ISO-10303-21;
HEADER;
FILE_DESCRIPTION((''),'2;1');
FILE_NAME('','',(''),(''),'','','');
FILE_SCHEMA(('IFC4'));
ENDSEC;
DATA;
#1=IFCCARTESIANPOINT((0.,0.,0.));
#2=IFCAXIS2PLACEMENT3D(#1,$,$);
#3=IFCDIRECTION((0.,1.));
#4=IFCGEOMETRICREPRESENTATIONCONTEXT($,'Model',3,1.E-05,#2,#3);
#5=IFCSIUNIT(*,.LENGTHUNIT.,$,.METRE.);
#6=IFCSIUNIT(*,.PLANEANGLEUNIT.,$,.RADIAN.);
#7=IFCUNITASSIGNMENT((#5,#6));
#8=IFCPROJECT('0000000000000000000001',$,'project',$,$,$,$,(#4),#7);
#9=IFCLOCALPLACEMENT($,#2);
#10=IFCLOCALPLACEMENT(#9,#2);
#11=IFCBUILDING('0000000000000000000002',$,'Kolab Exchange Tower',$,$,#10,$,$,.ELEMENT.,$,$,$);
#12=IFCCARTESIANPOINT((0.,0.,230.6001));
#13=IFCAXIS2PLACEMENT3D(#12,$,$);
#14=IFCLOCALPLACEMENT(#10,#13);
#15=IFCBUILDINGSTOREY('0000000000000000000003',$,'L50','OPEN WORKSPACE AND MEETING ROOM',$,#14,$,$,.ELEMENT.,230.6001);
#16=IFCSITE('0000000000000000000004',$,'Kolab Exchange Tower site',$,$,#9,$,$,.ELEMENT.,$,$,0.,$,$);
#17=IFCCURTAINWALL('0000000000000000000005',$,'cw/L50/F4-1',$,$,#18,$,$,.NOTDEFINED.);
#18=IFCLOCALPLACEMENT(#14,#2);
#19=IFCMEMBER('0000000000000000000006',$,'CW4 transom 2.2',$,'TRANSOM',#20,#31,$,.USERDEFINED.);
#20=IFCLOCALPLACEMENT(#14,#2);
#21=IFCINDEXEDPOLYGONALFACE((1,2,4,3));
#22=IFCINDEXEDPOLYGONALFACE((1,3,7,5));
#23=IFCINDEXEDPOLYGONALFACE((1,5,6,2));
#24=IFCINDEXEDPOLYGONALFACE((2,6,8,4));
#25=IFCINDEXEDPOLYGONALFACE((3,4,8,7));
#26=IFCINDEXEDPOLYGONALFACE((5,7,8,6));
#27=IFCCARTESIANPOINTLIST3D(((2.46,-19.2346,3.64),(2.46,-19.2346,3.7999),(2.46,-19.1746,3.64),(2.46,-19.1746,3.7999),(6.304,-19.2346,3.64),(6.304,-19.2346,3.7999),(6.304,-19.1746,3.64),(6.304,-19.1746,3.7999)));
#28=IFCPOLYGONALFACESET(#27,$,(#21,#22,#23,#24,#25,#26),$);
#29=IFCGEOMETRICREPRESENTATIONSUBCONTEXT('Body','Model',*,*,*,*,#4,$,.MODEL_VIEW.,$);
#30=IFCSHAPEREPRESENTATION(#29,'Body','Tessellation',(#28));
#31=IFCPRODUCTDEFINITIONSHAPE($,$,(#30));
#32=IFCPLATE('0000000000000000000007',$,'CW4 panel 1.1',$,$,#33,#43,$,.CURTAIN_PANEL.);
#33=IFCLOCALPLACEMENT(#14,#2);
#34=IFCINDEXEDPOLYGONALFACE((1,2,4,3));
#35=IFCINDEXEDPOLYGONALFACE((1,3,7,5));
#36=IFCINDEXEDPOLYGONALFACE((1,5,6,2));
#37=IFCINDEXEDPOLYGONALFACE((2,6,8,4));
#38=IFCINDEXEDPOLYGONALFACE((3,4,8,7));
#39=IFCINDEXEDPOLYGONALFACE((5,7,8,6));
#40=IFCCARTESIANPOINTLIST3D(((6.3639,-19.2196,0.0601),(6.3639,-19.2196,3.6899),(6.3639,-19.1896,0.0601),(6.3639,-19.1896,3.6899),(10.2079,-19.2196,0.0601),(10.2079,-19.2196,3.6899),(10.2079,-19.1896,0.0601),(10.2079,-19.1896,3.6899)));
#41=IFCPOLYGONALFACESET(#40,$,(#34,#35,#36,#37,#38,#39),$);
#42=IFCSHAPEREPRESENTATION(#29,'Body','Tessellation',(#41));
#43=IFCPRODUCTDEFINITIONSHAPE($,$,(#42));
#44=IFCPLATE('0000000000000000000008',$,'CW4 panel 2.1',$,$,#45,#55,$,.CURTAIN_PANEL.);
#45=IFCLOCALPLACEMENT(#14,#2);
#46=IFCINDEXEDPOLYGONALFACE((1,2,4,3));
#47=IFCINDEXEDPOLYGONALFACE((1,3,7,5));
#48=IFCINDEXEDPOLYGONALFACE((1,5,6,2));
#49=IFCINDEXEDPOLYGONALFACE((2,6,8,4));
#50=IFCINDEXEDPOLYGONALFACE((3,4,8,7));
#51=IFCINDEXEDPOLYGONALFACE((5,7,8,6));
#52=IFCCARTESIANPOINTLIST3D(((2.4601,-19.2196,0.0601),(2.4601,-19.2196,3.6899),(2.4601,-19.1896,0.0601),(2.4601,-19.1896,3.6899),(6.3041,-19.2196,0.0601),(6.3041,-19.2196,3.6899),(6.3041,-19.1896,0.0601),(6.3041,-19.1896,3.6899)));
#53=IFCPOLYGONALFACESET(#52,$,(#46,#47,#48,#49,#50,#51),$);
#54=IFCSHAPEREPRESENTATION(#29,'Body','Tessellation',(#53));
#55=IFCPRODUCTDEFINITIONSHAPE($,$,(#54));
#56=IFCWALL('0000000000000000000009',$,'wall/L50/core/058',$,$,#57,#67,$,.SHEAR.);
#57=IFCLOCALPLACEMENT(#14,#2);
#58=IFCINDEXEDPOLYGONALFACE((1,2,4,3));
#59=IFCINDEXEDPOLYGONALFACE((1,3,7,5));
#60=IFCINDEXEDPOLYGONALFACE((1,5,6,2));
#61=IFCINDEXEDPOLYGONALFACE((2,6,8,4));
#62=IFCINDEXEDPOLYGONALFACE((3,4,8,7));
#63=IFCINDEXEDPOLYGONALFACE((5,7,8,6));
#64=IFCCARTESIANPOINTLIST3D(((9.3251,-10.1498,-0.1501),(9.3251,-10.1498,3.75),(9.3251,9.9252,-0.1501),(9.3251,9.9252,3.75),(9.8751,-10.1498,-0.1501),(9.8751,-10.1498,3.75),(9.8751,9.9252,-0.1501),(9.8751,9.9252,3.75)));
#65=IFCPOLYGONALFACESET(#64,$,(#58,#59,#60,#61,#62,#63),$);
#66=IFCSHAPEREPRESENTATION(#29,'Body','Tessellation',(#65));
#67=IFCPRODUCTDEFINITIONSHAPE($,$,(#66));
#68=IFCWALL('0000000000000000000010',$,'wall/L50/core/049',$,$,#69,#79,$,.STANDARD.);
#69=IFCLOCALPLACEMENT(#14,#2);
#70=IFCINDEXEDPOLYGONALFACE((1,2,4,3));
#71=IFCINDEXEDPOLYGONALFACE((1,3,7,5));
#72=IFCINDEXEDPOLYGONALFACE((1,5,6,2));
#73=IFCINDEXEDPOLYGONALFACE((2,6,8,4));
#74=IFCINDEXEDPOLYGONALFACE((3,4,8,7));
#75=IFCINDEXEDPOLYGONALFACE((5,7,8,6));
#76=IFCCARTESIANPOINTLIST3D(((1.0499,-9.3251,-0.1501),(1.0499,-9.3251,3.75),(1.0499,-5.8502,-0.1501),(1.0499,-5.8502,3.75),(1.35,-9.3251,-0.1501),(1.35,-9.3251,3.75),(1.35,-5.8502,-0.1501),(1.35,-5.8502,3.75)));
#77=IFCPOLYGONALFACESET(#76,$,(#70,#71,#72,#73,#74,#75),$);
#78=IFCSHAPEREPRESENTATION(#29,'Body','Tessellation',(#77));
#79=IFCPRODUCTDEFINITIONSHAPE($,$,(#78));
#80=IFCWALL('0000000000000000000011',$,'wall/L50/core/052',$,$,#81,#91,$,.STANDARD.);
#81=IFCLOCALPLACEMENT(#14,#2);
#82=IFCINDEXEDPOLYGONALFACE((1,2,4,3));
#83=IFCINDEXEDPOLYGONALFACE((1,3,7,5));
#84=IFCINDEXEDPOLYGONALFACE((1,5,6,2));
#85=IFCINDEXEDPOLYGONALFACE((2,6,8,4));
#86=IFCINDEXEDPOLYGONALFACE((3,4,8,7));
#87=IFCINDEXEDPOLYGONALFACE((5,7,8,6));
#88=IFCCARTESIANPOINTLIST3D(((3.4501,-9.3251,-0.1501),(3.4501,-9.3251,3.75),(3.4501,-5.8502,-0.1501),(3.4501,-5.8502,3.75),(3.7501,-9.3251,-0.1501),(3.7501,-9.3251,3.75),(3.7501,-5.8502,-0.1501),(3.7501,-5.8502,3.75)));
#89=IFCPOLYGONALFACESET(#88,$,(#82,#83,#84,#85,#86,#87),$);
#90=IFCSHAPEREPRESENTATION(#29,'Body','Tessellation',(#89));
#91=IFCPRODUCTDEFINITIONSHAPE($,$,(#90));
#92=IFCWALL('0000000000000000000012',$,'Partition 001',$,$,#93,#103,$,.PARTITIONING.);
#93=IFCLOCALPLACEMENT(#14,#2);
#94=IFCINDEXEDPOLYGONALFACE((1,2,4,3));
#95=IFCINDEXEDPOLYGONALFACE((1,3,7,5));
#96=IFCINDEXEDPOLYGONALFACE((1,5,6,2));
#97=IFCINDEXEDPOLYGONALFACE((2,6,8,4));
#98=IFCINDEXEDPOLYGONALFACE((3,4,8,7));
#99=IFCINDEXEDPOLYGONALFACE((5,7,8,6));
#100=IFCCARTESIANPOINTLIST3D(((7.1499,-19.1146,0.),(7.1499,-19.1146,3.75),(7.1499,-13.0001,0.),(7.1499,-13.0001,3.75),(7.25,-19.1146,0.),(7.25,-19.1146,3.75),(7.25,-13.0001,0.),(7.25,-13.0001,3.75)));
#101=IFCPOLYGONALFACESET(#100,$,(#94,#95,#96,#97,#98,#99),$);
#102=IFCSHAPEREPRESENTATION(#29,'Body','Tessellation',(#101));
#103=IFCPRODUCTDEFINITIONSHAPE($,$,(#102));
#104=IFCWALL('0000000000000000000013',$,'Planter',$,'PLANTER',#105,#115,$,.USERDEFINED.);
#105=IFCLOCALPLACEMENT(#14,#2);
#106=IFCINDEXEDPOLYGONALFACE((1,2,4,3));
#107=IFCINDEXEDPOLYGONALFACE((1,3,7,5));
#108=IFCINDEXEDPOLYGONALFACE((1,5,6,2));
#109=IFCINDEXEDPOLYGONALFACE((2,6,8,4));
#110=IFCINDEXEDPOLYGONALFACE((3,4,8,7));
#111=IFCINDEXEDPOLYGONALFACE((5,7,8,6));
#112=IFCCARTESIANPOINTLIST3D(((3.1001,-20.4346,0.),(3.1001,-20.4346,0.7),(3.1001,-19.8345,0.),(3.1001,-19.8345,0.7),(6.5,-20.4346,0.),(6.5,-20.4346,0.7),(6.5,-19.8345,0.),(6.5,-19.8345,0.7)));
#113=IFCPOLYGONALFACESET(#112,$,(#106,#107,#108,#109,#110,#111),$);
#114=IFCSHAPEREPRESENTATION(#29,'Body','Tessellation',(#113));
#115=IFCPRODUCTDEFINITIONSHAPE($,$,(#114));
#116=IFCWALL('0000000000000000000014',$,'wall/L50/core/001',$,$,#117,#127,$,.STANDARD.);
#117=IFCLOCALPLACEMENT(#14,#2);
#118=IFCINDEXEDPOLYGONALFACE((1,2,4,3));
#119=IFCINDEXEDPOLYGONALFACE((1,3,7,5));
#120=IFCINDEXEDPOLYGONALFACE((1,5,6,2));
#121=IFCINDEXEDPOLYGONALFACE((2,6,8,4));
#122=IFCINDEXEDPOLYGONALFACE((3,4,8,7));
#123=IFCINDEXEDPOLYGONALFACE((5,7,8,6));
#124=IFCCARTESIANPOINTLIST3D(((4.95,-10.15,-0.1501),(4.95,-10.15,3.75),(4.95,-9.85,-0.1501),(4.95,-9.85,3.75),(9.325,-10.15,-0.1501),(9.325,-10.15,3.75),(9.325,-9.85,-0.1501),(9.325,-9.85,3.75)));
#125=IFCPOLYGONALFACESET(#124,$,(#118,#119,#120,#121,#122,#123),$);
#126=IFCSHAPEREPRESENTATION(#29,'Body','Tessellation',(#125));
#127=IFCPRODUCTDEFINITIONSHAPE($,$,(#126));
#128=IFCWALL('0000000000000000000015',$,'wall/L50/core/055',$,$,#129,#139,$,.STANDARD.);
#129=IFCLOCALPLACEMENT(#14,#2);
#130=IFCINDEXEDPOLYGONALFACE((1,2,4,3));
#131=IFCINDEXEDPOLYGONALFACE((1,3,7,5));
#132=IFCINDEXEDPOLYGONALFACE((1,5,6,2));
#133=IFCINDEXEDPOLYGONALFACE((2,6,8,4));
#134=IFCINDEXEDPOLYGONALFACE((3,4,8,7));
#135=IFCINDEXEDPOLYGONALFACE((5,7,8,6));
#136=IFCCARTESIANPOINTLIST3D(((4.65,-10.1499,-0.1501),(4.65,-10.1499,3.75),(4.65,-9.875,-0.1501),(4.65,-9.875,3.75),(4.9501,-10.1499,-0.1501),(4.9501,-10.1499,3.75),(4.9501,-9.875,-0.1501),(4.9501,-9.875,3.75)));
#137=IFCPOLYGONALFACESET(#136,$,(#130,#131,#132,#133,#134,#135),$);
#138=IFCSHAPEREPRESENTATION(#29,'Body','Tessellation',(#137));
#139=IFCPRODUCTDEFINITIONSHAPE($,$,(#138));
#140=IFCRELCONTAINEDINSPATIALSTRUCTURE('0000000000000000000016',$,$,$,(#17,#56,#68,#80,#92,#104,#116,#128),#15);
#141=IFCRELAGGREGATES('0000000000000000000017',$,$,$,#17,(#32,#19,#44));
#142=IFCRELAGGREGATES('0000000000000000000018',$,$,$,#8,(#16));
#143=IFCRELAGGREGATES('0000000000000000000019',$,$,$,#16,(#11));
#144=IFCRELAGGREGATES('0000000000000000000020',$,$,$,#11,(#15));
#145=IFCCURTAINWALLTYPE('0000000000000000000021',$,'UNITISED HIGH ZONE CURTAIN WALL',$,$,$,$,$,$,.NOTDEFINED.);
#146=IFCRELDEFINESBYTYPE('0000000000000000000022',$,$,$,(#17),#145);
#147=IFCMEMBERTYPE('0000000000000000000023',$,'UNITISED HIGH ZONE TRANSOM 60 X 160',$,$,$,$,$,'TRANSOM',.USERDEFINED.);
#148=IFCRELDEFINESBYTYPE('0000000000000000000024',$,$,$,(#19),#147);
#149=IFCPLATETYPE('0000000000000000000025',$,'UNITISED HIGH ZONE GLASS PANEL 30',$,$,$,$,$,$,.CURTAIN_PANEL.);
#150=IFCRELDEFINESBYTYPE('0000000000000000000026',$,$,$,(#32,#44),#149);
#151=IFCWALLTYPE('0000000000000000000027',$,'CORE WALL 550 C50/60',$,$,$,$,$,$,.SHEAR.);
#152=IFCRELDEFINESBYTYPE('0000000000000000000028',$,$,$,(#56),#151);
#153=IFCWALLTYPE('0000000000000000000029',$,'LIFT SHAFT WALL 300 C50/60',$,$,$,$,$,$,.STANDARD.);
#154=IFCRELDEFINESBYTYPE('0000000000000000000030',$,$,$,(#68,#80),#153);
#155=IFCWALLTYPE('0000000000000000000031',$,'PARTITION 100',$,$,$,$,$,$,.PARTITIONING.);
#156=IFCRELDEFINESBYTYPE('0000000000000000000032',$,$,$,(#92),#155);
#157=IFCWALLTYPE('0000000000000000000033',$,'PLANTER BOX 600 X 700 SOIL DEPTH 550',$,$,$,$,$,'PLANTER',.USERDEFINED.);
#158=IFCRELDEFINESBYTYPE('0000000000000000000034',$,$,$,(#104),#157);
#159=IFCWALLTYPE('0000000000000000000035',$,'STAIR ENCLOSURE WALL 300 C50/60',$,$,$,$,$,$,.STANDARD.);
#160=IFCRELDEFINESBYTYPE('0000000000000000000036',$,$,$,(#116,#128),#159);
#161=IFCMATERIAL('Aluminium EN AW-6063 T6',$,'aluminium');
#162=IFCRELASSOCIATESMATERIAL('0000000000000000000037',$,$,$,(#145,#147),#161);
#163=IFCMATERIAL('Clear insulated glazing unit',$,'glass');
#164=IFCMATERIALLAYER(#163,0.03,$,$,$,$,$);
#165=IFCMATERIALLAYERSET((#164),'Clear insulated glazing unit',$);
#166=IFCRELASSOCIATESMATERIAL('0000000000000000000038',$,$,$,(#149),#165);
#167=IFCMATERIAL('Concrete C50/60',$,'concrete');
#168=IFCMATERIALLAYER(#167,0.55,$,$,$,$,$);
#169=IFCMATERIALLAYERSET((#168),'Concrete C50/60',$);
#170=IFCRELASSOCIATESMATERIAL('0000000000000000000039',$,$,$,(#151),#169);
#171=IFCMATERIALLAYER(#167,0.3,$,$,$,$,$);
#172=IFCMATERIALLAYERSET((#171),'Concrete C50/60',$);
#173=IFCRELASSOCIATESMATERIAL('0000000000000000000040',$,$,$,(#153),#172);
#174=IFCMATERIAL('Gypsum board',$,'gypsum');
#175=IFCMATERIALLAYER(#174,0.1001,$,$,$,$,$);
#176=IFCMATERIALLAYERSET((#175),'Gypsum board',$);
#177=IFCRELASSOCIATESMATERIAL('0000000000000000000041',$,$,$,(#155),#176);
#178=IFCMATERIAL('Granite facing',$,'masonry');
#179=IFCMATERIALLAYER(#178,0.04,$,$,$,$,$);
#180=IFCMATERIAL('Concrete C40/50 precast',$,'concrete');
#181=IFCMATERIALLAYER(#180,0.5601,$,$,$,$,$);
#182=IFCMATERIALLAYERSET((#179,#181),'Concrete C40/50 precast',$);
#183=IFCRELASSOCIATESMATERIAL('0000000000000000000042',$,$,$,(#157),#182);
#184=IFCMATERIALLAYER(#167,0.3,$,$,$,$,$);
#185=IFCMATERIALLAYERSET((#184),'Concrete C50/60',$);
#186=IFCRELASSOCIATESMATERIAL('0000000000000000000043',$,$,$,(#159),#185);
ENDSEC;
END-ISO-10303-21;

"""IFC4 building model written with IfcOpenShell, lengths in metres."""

from ifc_helpers import new_model, si_unit, direction, frame, frame_2d, origin, origin_2d, place, context, subcontext, project, spatial, rectangle, extrude, material, layer, layer_set, material_profile, profile_set, type_object, element, aggregate, save


model = new_model("IFC4")

# Units and contexts
model_context = context("Model", 3, precision=1e-05, world=origin(), true_north=direction((0.0, 1.0)))
body_context = subcontext(model_context, "Body", "Model", "MODEL_VIEW")
ifc_project = project(units=[si_unit("LENGTHUNIT", "METRE"), si_unit("PLANEANGLEUNIT", "RADIAN")], contexts=[model_context])

# Site, building, storey
site_placement = place(None, origin())
site = spatial("IfcSite", under=ifc_project, at=site_placement, Name="Kolab Exchange Tower site", CompositionType="ELEMENT", RefElevation=0.0)
building_placement = place(site_placement, origin())
building = spatial("IfcBuilding", under=site, at=building_placement, Name="Kolab Exchange Tower", CompositionType="ELEMENT")
storey_placement = place(building_placement, frame((0.0, 0.0, 230.6001)))
storey = spatial("IfcBuildingStorey", under=building, at=storey_placement, Name="L50", Description="OPEN WORKSPACE AND MEETING ROOM", CompositionType="ELEMENT", Elevation=230.6001)

# Shared definitions
ifc_material_1 = material(Name="Concrete C50/60", Category="concrete")

# Curtain wall, member, plates
ifc_material_2 = material(Name="Aluminium EN AW-6063 T6", Category="aluminium")
curtain_wall_type = type_object("IfcCurtainWallType", Name="UNITISED HIGH ZONE CURTAIN WALL", PredefinedType="NOTDEFINED", material=ifc_material_2)
curtain_wall_placement = place(storey_placement, origin())
curtain_wall = element("IfcCurtainWall", 1, at=curtain_wall_placement, inside=storey, type_object=curtain_wall_type, Name="cw/L50/F4-1", PredefinedType="NOTDEFINED")
ifc_material_profile_1 = material_profile(ifc_material_2, rectangle(XDim=0.0601, YDim=0.1599, at=origin_2d()), Name="RECT 60X160")
ifc_profile_set_1 = profile_set([ifc_material_profile_1], Name="Aluminium EN AW-6063 T6")
member_type_1 = type_object("IfcMemberType", Name="UNITISED HIGH ZONE TRANSOM 60 X 160", ElementType="TRANSOM", PredefinedType="USERDEFINED", material=ifc_profile_set_1)
member_1_placement = place(storey_placement, frame((6.304, -19.2046, 3.72), z_axis=(-1.0, 0.0, 0.0), x_axis=(0.0, -1.0, 0.0)))
member_1 = element("IfcMember", 2, at=member_1_placement, type_object=member_type_1, Name="CW4 transom 2.2", ObjectType="TRANSOM", PredefinedType="USERDEFINED", context=body_context, shape_type="SweptSolid", body=[
    extrude(rectangle(XDim=0.0601, YDim=0.1599, at=origin_2d()), origin(), (0.0, 0.0, 1.0), 3.844),
])
ifc_material_3 = material(Name="Clear insulated glazing unit", Category="glass")
ifc_layer_1 = layer(ifc_material_3, 0.03)
ifc_layer_set_1 = layer_set([ifc_layer_1], Name="Clear insulated glazing unit")
plate_type = type_object("IfcPlateType", Name="UNITISED HIGH ZONE GLASS PANEL 30", PredefinedType="CURTAIN_PANEL", material=ifc_layer_set_1)
plate_1_placement = place(storey_placement, frame((8.2859, -19.2046, 0.0601), z_axis=(0.0, 0.0, 1.0), x_axis=(-1.0, 0.0, 0.0)))
plate_1 = element("IfcPlate", 3, at=plate_1_placement, type_object=plate_type, Name="CW4 panel 1.1", PredefinedType="CURTAIN_PANEL", context=body_context, shape_type="SweptSolid", body=[
    extrude(rectangle(XDim=3.844, YDim=0.03, at=origin_2d()), origin(), (0.0, 0.0, 1.0), 3.6299),
])
plate_2_placement = place(storey_placement, frame((4.3821, -19.2046, 0.0601), z_axis=(0.0, 0.0, 1.0), x_axis=(-1.0, 0.0, 0.0)))
plate_2 = element("IfcPlate", 4, at=plate_2_placement, type_object=plate_type, Name="CW4 panel 2.1", PredefinedType="CURTAIN_PANEL", context=body_context, shape_type="SweptSolid", body=[
    extrude(rectangle(XDim=3.844, YDim=0.03, at=origin_2d()), origin(), (0.0, 0.0, 1.0), 3.6299),
])
aggregate(curtain_wall, [plate_1, member_1, plate_2])

# Wall
ifc_layer_2 = layer(ifc_material_1, 0.55)
ifc_layer_set_2 = layer_set([ifc_layer_2], Name="Concrete C50/60")
wall_type_1 = type_object("IfcWallType", Name="CORE WALL 550 C50/60", PredefinedType="SHEAR", material=ifc_layer_set_2)
wall_1_placement = place(storey_placement, frame((9.6001, -10.1499, -0.1501), z_axis=(0.0, 0.0, 1.0), x_axis=(0.0, 1.0, 0.0)))
element("IfcWall", 5, at=wall_1_placement, inside=storey, type_object=wall_type_1, Name="wall/L50/core/058", PredefinedType="SHEAR", context=body_context, shape_type="SweptSolid", body=[
    extrude(rectangle(XDim=20.075, YDim=0.55, at=frame_2d((10.0376, 0.0))), origin(), (0.0, 0.0, 1.0), 3.9001),
])

# Walls
ifc_layer_3 = layer(ifc_material_1, 0.3)
ifc_layer_set_3 = layer_set([ifc_layer_3], Name="Concrete C50/60")
wall_type_2 = type_object("IfcWallType", Name="LIFT SHAFT WALL 300 C50/60", PredefinedType="STANDARD", material=ifc_layer_set_3)
for number, where, z_axis, x_axis, name in (
    (6, (1.2, -9.325, -0.1501), (0.0, 0.0, 1.0), (0.0, 1.0, 0.0), "wall/L50/core/049"),
    (7, (3.6001, -9.325, -0.1501), (0.0, 0.0, 1.0), (0.0, 1.0, 0.0), "wall/L50/core/052"),
):
    element("IfcWall", number, at=place(storey_placement, frame(where, z_axis=z_axis, x_axis=x_axis)), inside=storey, type_object=wall_type_2, Name=name, PredefinedType="STANDARD", context=body_context, shape_type="SweptSolid", body=[
        extrude(rectangle(XDim=3.4749, YDim=0.3, at=frame_2d((1.7373, 0.0))), origin(), (0.0, 0.0, 1.0), 3.9001),
    ])
ifc_material_4 = material(Name="Gypsum board", Category="gypsum")
ifc_layer_4 = layer(ifc_material_4, 0.1001)
ifc_layer_set_4 = layer_set([ifc_layer_4], Name="Gypsum board")
wall_type_3 = type_object("IfcWallType", Name="PARTITION 100", PredefinedType="PARTITIONING", material=ifc_layer_set_4)
wall_2_placement = place(storey_placement, frame((7.2, -19.1145, 0.0), z_axis=(0.0, 0.0, 1.0), x_axis=(0.0, 1.0, 0.0)))
element("IfcWall", 8, at=wall_2_placement, inside=storey, type_object=wall_type_3, Name="Partition 001", PredefinedType="PARTITIONING", context=body_context, shape_type="SweptSolid", body=[
    extrude(rectangle(XDim=6.1145, YDim=0.1001, at=frame_2d((3.0571, 0.0))), origin(), (0.0, 0.0, 1.0), 3.75),
])
ifc_material_5 = material(Name="Granite facing", Category="masonry")
ifc_layer_5 = layer(ifc_material_5, 0.04)
ifc_material_6 = material(Name="Concrete C40/50 precast", Category="concrete")
ifc_layer_6 = layer(ifc_material_6, 0.5601)
ifc_layer_set_5 = layer_set([ifc_layer_5, ifc_layer_6], Name="Concrete C40/50 precast")
wall_type_4 = type_object("IfcWallType", Name="PLANTER BOX 600 X 700 SOIL DEPTH 550", ElementType="PLANTER", PredefinedType="USERDEFINED", material=ifc_layer_set_5)
wall_3_placement = place(storey_placement, frame((6.5, -20.1345, 0.0), z_axis=(0.0, 0.0, 1.0), x_axis=(-1.0, 0.0, 0.0)))
element("IfcWall", 9, at=wall_3_placement, inside=storey, type_object=wall_type_4, Name="Planter", ObjectType="PLANTER", PredefinedType="USERDEFINED", context=body_context, shape_type="SweptSolid", body=[
    extrude(rectangle(XDim=3.3999, YDim=0.6001, at=frame_2d((1.7, 0.0))), origin(), (0.0, 0.0, 1.0), 0.7),
])
ifc_layer_7 = layer(ifc_material_1, 0.3)
ifc_layer_set_6 = layer_set([ifc_layer_7], Name="Concrete C50/60")
wall_type_5 = type_object("IfcWallType", Name="STAIR ENCLOSURE WALL 300 C50/60", PredefinedType="STANDARD", material=ifc_layer_set_6)
wall_4_placement = place(storey_placement, frame((4.95, -10.0, -0.1501), z_axis=(0.0, 0.0, 1.0), x_axis=(1.0, 0.0, 0.0)))
element("IfcWall", 10, at=wall_4_placement, inside=storey, type_object=wall_type_5, Name="wall/L50/core/001", PredefinedType="STANDARD", context=body_context, shape_type="SweptSolid", body=[
    extrude(rectangle(XDim=4.375, YDim=0.3, at=frame_2d((2.1875, 0.0))), origin(), (0.0, 0.0, 1.0), 3.9001),
])
wall_5_placement = place(storey_placement, frame((4.8, -10.1499, -0.1501), z_axis=(0.0, 0.0, 1.0), x_axis=(0.0, 1.0, 0.0)))
element("IfcWall", 11, at=wall_5_placement, inside=storey, type_object=wall_type_5, Name="wall/L50/core/055", PredefinedType="STANDARD", context=body_context, shape_type="SweptSolid", body=[
    extrude(rectangle(XDim=0.2749, YDim=0.3, at=frame_2d((0.1375, 0.0))), origin(), (0.0, 0.0, 1.0), 3.9001),
])

save(model, "model.ifc")
